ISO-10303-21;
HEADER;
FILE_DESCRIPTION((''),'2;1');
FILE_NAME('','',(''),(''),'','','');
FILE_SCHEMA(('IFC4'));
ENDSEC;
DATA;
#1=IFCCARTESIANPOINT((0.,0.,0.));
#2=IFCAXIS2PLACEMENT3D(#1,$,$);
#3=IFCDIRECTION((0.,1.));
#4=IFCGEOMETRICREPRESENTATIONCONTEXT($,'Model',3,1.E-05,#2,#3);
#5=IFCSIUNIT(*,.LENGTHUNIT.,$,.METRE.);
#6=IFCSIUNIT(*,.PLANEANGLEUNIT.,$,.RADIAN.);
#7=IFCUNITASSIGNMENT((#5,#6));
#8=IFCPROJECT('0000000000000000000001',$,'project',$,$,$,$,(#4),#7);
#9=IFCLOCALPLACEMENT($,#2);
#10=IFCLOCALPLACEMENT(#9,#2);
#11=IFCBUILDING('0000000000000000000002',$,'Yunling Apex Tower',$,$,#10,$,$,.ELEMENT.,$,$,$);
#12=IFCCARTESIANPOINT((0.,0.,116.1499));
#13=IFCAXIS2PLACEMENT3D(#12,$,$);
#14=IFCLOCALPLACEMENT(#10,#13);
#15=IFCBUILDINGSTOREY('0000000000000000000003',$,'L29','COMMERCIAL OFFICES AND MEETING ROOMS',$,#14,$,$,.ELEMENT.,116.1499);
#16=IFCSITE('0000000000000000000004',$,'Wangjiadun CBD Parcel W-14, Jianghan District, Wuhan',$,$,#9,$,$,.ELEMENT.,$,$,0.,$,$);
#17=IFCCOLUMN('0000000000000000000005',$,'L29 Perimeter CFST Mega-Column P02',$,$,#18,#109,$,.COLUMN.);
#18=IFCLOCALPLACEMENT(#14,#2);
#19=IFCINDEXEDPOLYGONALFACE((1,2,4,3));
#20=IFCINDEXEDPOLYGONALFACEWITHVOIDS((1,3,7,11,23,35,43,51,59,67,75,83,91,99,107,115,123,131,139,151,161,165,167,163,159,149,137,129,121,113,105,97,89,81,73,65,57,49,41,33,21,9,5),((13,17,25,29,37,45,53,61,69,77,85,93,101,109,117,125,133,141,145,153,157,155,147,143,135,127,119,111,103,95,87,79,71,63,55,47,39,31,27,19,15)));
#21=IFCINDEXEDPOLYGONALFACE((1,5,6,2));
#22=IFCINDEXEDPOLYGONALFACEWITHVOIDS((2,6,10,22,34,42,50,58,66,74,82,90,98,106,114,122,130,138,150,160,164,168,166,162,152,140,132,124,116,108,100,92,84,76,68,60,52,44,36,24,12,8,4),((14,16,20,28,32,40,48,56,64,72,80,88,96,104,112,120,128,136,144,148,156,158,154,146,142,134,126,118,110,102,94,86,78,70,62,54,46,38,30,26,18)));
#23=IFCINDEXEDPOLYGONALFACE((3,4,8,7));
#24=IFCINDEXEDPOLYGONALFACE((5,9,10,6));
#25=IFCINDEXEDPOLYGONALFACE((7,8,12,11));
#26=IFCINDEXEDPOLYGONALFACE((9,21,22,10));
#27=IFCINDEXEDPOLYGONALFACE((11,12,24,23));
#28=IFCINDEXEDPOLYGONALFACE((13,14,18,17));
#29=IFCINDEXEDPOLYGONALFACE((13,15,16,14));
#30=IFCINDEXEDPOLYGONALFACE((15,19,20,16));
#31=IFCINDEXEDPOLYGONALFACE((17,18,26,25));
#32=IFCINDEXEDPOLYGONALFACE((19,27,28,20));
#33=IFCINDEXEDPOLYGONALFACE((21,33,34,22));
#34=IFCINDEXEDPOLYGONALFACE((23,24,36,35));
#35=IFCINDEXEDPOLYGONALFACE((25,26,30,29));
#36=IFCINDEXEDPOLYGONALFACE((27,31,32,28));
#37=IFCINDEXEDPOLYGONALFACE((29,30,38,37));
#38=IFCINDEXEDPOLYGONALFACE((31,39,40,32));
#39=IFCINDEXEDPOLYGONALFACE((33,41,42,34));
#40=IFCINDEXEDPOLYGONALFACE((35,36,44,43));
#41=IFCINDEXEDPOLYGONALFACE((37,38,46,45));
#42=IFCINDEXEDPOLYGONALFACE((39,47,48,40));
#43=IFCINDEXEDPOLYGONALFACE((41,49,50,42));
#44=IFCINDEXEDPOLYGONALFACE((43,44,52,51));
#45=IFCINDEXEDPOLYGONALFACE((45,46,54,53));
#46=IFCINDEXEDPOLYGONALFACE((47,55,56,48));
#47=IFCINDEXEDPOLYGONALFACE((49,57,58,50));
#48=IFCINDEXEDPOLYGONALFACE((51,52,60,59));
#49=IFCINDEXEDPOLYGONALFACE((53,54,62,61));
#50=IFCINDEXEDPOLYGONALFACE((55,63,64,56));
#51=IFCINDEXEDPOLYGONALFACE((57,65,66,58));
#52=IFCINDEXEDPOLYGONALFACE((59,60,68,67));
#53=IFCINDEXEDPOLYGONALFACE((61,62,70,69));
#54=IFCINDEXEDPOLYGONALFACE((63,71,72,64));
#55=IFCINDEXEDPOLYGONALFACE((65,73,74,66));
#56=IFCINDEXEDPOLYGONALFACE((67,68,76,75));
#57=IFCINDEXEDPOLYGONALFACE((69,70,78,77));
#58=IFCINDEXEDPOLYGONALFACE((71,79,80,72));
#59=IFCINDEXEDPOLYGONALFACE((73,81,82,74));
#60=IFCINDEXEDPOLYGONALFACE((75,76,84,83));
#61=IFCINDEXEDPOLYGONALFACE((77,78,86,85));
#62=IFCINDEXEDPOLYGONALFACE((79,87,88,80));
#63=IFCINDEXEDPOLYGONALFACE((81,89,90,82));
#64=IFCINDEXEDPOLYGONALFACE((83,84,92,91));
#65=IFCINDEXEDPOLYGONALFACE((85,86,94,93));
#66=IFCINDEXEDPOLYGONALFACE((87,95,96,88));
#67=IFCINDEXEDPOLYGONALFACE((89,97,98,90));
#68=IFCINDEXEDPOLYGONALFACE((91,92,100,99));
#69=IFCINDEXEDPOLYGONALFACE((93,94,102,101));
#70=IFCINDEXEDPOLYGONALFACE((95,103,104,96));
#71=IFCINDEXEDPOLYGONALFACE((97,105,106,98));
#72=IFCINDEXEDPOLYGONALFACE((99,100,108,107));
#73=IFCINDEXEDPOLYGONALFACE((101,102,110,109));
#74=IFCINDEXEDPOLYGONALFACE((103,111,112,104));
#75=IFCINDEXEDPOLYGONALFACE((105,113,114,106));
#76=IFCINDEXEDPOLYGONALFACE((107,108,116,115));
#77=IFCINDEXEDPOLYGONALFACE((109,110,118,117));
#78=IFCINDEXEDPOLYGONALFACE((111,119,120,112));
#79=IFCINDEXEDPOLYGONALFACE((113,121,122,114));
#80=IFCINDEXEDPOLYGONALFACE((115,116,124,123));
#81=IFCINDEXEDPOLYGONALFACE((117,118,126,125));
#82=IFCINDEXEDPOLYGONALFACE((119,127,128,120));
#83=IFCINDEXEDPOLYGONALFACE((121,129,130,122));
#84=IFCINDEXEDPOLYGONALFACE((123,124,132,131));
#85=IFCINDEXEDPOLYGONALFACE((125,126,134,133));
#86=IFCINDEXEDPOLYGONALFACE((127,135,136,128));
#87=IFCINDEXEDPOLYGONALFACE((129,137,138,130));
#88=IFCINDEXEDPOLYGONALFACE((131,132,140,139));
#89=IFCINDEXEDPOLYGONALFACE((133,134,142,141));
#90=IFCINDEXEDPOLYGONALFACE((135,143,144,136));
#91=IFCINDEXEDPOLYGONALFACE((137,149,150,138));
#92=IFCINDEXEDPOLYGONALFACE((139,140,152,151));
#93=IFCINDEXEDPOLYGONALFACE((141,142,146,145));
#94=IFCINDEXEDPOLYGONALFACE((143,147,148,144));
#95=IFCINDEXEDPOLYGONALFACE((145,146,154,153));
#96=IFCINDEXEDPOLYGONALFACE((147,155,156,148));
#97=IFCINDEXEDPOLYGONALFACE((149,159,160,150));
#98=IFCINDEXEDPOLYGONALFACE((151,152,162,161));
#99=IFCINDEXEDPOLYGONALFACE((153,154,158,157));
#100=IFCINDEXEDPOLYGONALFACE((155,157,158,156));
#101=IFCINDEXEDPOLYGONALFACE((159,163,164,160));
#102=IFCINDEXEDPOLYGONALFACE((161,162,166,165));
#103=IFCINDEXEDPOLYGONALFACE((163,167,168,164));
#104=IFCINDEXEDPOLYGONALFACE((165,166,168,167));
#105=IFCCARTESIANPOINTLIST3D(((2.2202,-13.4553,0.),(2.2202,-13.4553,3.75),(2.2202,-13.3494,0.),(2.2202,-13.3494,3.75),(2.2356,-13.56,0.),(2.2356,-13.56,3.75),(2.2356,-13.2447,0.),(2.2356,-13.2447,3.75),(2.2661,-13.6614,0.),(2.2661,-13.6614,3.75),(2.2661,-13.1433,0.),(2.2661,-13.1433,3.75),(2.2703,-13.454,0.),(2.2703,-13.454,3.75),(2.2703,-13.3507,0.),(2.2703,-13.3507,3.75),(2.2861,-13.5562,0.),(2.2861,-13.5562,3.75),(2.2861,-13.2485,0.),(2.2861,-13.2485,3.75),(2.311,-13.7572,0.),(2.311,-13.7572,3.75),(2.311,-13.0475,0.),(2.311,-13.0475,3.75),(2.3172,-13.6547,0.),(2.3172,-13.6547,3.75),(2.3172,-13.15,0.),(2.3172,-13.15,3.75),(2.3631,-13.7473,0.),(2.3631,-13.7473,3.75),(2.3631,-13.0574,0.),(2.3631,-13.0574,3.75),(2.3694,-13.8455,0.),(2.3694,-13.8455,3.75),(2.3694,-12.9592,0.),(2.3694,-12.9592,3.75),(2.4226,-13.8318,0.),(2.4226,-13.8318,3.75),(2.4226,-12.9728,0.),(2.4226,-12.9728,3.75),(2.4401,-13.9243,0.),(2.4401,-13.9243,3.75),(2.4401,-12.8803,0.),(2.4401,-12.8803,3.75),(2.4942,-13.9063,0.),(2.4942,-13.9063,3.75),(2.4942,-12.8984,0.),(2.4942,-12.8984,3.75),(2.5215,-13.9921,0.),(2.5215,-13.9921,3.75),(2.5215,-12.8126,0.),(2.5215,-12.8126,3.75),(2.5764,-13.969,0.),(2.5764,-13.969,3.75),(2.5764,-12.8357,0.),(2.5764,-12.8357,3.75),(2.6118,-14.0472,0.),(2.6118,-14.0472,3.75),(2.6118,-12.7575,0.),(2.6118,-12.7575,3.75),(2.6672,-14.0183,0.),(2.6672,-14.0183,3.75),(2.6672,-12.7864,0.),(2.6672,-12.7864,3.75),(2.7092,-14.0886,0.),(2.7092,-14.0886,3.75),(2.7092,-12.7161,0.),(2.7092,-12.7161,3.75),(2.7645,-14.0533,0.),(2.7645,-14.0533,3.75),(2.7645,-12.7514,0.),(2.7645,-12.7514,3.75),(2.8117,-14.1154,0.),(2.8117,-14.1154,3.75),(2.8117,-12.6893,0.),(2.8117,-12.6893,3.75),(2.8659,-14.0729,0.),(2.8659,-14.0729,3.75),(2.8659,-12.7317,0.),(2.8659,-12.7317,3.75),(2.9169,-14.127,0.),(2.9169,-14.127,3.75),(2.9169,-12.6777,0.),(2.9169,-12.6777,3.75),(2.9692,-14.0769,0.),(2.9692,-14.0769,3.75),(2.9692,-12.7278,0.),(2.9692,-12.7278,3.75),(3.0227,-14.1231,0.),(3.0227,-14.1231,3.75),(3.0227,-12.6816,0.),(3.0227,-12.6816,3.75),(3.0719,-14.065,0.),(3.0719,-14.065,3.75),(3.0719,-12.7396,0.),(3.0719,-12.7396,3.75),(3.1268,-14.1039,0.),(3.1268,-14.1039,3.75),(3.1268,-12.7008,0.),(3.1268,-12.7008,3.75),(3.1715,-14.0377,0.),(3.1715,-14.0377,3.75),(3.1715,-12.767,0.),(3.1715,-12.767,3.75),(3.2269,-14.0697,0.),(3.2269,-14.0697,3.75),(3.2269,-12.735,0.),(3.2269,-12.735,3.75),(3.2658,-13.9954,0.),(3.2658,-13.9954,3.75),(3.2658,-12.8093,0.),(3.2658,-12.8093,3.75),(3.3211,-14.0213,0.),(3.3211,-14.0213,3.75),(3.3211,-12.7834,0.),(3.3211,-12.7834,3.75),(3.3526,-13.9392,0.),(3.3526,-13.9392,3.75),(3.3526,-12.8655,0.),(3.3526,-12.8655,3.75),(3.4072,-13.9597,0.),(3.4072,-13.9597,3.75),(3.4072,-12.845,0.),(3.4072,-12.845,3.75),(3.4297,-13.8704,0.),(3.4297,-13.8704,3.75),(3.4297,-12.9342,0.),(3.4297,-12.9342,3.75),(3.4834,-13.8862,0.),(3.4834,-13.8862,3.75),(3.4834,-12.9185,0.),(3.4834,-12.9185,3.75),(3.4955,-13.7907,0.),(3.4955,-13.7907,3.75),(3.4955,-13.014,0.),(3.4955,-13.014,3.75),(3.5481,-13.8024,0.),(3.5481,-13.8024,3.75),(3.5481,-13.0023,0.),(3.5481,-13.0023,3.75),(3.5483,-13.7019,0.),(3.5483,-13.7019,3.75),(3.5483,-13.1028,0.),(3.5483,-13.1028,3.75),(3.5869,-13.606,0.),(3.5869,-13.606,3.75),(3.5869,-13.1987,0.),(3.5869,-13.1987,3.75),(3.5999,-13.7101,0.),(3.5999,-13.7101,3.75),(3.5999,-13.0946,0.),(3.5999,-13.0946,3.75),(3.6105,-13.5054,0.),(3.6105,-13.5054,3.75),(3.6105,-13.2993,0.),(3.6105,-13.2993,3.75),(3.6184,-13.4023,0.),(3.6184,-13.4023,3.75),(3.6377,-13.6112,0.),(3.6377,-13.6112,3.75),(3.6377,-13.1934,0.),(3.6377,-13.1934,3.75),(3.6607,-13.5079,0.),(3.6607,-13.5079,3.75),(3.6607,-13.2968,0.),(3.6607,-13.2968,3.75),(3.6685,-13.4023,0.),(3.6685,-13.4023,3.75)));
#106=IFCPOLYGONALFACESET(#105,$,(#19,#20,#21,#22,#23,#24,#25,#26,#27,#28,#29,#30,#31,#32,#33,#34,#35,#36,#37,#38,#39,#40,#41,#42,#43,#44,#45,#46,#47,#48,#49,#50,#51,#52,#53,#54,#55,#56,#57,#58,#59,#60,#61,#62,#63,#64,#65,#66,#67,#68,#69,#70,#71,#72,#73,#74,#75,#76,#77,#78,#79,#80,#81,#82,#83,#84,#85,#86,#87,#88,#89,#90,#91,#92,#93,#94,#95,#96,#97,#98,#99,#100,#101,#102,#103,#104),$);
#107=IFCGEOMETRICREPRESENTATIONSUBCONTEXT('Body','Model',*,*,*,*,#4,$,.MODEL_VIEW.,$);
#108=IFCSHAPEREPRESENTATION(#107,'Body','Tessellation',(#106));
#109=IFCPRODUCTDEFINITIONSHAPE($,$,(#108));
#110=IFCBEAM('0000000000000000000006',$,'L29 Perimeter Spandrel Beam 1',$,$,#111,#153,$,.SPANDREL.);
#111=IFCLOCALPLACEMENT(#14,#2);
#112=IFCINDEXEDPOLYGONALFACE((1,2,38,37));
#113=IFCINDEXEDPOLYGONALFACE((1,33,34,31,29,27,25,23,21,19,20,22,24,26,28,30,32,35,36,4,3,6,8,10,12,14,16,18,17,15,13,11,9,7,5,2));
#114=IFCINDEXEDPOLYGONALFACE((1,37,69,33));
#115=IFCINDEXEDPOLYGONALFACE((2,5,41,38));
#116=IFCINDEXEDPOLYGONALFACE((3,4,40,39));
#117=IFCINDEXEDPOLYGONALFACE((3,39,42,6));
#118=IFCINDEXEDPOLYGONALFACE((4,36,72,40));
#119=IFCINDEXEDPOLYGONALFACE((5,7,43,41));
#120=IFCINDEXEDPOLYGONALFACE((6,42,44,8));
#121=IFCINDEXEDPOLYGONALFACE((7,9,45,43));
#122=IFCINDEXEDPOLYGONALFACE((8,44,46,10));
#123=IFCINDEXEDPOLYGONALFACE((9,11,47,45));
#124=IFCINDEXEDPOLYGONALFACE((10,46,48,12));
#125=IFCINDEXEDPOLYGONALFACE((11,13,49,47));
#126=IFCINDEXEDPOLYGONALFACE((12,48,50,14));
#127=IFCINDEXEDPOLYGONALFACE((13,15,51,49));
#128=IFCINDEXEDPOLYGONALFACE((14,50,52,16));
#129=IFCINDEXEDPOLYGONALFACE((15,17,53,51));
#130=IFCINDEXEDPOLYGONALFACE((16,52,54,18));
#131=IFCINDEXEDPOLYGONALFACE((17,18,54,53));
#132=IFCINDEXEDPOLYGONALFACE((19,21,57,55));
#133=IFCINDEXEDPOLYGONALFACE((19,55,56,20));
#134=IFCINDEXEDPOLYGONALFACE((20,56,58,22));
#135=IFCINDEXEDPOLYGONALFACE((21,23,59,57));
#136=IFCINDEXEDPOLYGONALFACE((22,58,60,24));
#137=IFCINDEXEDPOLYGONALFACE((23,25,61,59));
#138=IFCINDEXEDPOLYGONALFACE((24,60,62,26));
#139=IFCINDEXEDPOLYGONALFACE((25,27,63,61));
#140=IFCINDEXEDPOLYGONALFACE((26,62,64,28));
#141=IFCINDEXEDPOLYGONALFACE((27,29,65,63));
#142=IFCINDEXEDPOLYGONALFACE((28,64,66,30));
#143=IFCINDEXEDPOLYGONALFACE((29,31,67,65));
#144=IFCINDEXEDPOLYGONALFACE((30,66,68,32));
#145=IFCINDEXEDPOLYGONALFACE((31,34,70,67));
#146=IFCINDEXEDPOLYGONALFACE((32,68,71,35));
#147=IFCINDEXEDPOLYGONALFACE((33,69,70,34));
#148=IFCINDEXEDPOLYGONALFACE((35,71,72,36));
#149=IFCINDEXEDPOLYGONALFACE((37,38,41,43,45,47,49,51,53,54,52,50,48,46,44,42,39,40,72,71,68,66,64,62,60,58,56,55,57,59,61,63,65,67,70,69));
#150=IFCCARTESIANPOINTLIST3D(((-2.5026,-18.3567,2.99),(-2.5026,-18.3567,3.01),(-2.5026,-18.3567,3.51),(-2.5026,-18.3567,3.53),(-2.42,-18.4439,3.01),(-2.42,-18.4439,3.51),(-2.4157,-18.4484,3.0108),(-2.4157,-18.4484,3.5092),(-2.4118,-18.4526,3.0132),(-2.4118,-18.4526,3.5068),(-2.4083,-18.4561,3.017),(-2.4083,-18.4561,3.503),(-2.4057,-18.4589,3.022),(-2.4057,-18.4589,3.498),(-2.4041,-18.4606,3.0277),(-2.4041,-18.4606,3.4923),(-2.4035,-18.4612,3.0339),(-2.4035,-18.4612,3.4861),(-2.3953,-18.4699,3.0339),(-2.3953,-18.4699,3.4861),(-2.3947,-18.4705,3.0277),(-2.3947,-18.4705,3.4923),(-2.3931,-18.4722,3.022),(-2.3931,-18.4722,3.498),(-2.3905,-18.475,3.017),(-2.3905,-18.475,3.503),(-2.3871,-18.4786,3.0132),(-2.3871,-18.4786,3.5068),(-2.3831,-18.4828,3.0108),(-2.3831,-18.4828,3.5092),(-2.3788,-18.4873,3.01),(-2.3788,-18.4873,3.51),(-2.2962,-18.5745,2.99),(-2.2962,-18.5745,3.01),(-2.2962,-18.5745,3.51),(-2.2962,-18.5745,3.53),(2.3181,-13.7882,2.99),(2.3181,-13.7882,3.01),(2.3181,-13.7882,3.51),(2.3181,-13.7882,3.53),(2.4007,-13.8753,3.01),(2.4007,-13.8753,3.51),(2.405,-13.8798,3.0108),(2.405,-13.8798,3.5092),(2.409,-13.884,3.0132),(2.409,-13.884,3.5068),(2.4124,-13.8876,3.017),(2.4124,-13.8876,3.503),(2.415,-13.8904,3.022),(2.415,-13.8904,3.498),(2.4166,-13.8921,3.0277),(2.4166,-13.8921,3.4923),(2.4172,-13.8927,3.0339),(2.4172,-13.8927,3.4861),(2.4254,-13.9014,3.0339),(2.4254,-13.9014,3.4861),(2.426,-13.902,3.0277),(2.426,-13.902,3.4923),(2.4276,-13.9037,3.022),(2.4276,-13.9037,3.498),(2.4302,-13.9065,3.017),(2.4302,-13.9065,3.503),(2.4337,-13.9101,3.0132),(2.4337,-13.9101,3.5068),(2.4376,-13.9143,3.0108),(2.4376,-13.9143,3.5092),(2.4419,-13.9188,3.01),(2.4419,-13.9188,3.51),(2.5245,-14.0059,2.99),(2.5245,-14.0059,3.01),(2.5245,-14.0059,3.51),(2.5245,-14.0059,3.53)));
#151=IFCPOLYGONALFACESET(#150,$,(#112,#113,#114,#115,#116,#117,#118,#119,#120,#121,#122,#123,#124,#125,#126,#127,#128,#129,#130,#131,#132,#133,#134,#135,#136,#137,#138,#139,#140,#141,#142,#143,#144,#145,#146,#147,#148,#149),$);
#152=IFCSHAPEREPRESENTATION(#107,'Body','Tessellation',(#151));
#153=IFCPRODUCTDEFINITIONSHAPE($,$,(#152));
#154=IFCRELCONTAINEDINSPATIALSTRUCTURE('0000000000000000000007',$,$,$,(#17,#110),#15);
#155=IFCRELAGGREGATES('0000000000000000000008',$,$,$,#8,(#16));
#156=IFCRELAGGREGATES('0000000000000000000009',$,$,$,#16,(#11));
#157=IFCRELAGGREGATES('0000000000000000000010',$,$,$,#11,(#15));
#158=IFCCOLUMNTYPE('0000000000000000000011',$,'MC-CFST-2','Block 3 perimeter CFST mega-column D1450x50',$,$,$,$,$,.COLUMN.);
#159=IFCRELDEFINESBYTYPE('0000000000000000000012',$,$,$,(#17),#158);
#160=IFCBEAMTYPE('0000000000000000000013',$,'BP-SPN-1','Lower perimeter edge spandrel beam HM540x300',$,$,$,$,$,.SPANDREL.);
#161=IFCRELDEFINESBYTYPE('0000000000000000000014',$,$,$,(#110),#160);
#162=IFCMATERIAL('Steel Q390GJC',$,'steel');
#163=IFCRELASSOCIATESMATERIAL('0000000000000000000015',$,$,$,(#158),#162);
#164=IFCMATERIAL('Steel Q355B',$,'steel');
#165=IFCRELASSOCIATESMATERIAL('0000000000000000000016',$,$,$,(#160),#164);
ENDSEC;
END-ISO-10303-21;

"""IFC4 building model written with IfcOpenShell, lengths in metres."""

from ifc_helpers import new_model, si_unit, direction, frame, origin, origin_2d, place, context, subcontext, project, spatial, hollow_circle, i_section, extrude, source, transform, mapped, material, material_profile, profile_set, type_object, element, save


model = new_model("IFC4")

# Units and contexts
model_context = context("Model", 3, precision=1e-05, world=origin(), true_north=direction((0.0, 1.0)))
body_context = subcontext(model_context, "Body", "Model", "MODEL_VIEW")
ifc_project = project(units=[si_unit("LENGTHUNIT", "METRE"), si_unit("PLANEANGLEUNIT", "RADIAN")], contexts=[model_context])

# Site, building, storey
site_placement = place(None, origin())
site = spatial("IfcSite", under=ifc_project, at=site_placement, Name="Wangjiadun CBD Parcel W-14, Jianghan District, Wuhan", CompositionType="ELEMENT", RefElevation=0.0)
building_placement = place(site_placement, origin())
building = spatial("IfcBuilding", under=site, at=building_placement, Name="Yunling Apex Tower", CompositionType="ELEMENT")
storey_placement = place(building_placement, frame((0.0, 0.0, 116.1499)))
storey = spatial("IfcBuildingStorey", under=building, at=storey_placement, Name="L29", Description="COMMERCIAL OFFICES AND MEETING ROOMS", CompositionType="ELEMENT", Elevation=116.1499)

# Column
ifc_material_1 = material(Name="Steel Q390GJC", Category="steel")
ifc_material_profile_1 = material_profile(ifc_material_1, hollow_circle(Radius=0.7251, WallThickness=0.05, at=origin_2d()))
ifc_profile_set_1 = profile_set([ifc_material_profile_1], Name="Steel Q390GJC")
column_type = type_object("IfcColumnType", Name="MC-CFST-2", Description="Block 3 perimeter CFST mega-column D1450x50", PredefinedType="COLUMN", material=ifc_profile_set_1)
shared_shape_1 = source(origin(), body_context, "Body", "SweptSolid", [
    extrude(hollow_circle(Radius=0.7251, WallThickness=0.05, at=origin_2d()), origin(), (0.0, 0.0, 1.0), 3.75),
])
column_placement = place(storey_placement, frame((2.9434, -13.4023, 0.0), z_axis=(0.0, 0.0, 1.0), x_axis=(1.0, 0.0, 0.0)))
element("IfcColumn", 1, at=column_placement, inside=storey, type_object=column_type, Name="L29 Perimeter CFST Mega-Column P02", PredefinedType="COLUMN", context=body_context, shape_type="MappedRepresentation", body=[
    mapped(shared_shape_1, transform((0.0, 0.0, 0.0), scale=1.0)),
])

# Beam
ifc_material_2 = material(Name="Steel Q355B", Category="steel")
ifc_material_profile_2 = material_profile(ifc_material_2, i_section(OverallWidth=0.3, OverallDepth=0.54, WebThickness=0.012, FlangeThickness=0.02, FilletRadius=0.0239, at=origin_2d()))
ifc_profile_set_2 = profile_set([ifc_material_profile_2], Name="Steel Q355B")
beam_type_1 = type_object("IfcBeamType", Name="BP-SPN-1", Description="Lower perimeter edge spandrel beam HM540x300", PredefinedType="SPANDREL", material=ifc_profile_set_2)
shared_shape_2 = source(origin(), body_context, "Body", "SweptSolid", [
    extrude(i_section(OverallWidth=0.3, OverallDepth=0.54, WebThickness=0.012, FlangeThickness=0.02, FilletRadius=0.0239, at=origin_2d()), origin(), (0.0, 0.0, 1.0), 6.6416),
])
beam_1_placement = place(storey_placement, frame((-2.3994, -18.4656, 3.26), z_axis=(0.725838, 0.687866, 0.0), x_axis=(-0.687866, 0.725838, 0.0)))
element("IfcBeam", 2, at=beam_1_placement, inside=storey, type_object=beam_type_1, Name="L29 Perimeter Spandrel Beam 1", PredefinedType="SPANDREL", context=body_context, shape_type="MappedRepresentation", body=[
    mapped(shared_shape_2, transform((0.0, 0.0, 0.0), scale=1.0)),
])

save(model, "model.ifc")
